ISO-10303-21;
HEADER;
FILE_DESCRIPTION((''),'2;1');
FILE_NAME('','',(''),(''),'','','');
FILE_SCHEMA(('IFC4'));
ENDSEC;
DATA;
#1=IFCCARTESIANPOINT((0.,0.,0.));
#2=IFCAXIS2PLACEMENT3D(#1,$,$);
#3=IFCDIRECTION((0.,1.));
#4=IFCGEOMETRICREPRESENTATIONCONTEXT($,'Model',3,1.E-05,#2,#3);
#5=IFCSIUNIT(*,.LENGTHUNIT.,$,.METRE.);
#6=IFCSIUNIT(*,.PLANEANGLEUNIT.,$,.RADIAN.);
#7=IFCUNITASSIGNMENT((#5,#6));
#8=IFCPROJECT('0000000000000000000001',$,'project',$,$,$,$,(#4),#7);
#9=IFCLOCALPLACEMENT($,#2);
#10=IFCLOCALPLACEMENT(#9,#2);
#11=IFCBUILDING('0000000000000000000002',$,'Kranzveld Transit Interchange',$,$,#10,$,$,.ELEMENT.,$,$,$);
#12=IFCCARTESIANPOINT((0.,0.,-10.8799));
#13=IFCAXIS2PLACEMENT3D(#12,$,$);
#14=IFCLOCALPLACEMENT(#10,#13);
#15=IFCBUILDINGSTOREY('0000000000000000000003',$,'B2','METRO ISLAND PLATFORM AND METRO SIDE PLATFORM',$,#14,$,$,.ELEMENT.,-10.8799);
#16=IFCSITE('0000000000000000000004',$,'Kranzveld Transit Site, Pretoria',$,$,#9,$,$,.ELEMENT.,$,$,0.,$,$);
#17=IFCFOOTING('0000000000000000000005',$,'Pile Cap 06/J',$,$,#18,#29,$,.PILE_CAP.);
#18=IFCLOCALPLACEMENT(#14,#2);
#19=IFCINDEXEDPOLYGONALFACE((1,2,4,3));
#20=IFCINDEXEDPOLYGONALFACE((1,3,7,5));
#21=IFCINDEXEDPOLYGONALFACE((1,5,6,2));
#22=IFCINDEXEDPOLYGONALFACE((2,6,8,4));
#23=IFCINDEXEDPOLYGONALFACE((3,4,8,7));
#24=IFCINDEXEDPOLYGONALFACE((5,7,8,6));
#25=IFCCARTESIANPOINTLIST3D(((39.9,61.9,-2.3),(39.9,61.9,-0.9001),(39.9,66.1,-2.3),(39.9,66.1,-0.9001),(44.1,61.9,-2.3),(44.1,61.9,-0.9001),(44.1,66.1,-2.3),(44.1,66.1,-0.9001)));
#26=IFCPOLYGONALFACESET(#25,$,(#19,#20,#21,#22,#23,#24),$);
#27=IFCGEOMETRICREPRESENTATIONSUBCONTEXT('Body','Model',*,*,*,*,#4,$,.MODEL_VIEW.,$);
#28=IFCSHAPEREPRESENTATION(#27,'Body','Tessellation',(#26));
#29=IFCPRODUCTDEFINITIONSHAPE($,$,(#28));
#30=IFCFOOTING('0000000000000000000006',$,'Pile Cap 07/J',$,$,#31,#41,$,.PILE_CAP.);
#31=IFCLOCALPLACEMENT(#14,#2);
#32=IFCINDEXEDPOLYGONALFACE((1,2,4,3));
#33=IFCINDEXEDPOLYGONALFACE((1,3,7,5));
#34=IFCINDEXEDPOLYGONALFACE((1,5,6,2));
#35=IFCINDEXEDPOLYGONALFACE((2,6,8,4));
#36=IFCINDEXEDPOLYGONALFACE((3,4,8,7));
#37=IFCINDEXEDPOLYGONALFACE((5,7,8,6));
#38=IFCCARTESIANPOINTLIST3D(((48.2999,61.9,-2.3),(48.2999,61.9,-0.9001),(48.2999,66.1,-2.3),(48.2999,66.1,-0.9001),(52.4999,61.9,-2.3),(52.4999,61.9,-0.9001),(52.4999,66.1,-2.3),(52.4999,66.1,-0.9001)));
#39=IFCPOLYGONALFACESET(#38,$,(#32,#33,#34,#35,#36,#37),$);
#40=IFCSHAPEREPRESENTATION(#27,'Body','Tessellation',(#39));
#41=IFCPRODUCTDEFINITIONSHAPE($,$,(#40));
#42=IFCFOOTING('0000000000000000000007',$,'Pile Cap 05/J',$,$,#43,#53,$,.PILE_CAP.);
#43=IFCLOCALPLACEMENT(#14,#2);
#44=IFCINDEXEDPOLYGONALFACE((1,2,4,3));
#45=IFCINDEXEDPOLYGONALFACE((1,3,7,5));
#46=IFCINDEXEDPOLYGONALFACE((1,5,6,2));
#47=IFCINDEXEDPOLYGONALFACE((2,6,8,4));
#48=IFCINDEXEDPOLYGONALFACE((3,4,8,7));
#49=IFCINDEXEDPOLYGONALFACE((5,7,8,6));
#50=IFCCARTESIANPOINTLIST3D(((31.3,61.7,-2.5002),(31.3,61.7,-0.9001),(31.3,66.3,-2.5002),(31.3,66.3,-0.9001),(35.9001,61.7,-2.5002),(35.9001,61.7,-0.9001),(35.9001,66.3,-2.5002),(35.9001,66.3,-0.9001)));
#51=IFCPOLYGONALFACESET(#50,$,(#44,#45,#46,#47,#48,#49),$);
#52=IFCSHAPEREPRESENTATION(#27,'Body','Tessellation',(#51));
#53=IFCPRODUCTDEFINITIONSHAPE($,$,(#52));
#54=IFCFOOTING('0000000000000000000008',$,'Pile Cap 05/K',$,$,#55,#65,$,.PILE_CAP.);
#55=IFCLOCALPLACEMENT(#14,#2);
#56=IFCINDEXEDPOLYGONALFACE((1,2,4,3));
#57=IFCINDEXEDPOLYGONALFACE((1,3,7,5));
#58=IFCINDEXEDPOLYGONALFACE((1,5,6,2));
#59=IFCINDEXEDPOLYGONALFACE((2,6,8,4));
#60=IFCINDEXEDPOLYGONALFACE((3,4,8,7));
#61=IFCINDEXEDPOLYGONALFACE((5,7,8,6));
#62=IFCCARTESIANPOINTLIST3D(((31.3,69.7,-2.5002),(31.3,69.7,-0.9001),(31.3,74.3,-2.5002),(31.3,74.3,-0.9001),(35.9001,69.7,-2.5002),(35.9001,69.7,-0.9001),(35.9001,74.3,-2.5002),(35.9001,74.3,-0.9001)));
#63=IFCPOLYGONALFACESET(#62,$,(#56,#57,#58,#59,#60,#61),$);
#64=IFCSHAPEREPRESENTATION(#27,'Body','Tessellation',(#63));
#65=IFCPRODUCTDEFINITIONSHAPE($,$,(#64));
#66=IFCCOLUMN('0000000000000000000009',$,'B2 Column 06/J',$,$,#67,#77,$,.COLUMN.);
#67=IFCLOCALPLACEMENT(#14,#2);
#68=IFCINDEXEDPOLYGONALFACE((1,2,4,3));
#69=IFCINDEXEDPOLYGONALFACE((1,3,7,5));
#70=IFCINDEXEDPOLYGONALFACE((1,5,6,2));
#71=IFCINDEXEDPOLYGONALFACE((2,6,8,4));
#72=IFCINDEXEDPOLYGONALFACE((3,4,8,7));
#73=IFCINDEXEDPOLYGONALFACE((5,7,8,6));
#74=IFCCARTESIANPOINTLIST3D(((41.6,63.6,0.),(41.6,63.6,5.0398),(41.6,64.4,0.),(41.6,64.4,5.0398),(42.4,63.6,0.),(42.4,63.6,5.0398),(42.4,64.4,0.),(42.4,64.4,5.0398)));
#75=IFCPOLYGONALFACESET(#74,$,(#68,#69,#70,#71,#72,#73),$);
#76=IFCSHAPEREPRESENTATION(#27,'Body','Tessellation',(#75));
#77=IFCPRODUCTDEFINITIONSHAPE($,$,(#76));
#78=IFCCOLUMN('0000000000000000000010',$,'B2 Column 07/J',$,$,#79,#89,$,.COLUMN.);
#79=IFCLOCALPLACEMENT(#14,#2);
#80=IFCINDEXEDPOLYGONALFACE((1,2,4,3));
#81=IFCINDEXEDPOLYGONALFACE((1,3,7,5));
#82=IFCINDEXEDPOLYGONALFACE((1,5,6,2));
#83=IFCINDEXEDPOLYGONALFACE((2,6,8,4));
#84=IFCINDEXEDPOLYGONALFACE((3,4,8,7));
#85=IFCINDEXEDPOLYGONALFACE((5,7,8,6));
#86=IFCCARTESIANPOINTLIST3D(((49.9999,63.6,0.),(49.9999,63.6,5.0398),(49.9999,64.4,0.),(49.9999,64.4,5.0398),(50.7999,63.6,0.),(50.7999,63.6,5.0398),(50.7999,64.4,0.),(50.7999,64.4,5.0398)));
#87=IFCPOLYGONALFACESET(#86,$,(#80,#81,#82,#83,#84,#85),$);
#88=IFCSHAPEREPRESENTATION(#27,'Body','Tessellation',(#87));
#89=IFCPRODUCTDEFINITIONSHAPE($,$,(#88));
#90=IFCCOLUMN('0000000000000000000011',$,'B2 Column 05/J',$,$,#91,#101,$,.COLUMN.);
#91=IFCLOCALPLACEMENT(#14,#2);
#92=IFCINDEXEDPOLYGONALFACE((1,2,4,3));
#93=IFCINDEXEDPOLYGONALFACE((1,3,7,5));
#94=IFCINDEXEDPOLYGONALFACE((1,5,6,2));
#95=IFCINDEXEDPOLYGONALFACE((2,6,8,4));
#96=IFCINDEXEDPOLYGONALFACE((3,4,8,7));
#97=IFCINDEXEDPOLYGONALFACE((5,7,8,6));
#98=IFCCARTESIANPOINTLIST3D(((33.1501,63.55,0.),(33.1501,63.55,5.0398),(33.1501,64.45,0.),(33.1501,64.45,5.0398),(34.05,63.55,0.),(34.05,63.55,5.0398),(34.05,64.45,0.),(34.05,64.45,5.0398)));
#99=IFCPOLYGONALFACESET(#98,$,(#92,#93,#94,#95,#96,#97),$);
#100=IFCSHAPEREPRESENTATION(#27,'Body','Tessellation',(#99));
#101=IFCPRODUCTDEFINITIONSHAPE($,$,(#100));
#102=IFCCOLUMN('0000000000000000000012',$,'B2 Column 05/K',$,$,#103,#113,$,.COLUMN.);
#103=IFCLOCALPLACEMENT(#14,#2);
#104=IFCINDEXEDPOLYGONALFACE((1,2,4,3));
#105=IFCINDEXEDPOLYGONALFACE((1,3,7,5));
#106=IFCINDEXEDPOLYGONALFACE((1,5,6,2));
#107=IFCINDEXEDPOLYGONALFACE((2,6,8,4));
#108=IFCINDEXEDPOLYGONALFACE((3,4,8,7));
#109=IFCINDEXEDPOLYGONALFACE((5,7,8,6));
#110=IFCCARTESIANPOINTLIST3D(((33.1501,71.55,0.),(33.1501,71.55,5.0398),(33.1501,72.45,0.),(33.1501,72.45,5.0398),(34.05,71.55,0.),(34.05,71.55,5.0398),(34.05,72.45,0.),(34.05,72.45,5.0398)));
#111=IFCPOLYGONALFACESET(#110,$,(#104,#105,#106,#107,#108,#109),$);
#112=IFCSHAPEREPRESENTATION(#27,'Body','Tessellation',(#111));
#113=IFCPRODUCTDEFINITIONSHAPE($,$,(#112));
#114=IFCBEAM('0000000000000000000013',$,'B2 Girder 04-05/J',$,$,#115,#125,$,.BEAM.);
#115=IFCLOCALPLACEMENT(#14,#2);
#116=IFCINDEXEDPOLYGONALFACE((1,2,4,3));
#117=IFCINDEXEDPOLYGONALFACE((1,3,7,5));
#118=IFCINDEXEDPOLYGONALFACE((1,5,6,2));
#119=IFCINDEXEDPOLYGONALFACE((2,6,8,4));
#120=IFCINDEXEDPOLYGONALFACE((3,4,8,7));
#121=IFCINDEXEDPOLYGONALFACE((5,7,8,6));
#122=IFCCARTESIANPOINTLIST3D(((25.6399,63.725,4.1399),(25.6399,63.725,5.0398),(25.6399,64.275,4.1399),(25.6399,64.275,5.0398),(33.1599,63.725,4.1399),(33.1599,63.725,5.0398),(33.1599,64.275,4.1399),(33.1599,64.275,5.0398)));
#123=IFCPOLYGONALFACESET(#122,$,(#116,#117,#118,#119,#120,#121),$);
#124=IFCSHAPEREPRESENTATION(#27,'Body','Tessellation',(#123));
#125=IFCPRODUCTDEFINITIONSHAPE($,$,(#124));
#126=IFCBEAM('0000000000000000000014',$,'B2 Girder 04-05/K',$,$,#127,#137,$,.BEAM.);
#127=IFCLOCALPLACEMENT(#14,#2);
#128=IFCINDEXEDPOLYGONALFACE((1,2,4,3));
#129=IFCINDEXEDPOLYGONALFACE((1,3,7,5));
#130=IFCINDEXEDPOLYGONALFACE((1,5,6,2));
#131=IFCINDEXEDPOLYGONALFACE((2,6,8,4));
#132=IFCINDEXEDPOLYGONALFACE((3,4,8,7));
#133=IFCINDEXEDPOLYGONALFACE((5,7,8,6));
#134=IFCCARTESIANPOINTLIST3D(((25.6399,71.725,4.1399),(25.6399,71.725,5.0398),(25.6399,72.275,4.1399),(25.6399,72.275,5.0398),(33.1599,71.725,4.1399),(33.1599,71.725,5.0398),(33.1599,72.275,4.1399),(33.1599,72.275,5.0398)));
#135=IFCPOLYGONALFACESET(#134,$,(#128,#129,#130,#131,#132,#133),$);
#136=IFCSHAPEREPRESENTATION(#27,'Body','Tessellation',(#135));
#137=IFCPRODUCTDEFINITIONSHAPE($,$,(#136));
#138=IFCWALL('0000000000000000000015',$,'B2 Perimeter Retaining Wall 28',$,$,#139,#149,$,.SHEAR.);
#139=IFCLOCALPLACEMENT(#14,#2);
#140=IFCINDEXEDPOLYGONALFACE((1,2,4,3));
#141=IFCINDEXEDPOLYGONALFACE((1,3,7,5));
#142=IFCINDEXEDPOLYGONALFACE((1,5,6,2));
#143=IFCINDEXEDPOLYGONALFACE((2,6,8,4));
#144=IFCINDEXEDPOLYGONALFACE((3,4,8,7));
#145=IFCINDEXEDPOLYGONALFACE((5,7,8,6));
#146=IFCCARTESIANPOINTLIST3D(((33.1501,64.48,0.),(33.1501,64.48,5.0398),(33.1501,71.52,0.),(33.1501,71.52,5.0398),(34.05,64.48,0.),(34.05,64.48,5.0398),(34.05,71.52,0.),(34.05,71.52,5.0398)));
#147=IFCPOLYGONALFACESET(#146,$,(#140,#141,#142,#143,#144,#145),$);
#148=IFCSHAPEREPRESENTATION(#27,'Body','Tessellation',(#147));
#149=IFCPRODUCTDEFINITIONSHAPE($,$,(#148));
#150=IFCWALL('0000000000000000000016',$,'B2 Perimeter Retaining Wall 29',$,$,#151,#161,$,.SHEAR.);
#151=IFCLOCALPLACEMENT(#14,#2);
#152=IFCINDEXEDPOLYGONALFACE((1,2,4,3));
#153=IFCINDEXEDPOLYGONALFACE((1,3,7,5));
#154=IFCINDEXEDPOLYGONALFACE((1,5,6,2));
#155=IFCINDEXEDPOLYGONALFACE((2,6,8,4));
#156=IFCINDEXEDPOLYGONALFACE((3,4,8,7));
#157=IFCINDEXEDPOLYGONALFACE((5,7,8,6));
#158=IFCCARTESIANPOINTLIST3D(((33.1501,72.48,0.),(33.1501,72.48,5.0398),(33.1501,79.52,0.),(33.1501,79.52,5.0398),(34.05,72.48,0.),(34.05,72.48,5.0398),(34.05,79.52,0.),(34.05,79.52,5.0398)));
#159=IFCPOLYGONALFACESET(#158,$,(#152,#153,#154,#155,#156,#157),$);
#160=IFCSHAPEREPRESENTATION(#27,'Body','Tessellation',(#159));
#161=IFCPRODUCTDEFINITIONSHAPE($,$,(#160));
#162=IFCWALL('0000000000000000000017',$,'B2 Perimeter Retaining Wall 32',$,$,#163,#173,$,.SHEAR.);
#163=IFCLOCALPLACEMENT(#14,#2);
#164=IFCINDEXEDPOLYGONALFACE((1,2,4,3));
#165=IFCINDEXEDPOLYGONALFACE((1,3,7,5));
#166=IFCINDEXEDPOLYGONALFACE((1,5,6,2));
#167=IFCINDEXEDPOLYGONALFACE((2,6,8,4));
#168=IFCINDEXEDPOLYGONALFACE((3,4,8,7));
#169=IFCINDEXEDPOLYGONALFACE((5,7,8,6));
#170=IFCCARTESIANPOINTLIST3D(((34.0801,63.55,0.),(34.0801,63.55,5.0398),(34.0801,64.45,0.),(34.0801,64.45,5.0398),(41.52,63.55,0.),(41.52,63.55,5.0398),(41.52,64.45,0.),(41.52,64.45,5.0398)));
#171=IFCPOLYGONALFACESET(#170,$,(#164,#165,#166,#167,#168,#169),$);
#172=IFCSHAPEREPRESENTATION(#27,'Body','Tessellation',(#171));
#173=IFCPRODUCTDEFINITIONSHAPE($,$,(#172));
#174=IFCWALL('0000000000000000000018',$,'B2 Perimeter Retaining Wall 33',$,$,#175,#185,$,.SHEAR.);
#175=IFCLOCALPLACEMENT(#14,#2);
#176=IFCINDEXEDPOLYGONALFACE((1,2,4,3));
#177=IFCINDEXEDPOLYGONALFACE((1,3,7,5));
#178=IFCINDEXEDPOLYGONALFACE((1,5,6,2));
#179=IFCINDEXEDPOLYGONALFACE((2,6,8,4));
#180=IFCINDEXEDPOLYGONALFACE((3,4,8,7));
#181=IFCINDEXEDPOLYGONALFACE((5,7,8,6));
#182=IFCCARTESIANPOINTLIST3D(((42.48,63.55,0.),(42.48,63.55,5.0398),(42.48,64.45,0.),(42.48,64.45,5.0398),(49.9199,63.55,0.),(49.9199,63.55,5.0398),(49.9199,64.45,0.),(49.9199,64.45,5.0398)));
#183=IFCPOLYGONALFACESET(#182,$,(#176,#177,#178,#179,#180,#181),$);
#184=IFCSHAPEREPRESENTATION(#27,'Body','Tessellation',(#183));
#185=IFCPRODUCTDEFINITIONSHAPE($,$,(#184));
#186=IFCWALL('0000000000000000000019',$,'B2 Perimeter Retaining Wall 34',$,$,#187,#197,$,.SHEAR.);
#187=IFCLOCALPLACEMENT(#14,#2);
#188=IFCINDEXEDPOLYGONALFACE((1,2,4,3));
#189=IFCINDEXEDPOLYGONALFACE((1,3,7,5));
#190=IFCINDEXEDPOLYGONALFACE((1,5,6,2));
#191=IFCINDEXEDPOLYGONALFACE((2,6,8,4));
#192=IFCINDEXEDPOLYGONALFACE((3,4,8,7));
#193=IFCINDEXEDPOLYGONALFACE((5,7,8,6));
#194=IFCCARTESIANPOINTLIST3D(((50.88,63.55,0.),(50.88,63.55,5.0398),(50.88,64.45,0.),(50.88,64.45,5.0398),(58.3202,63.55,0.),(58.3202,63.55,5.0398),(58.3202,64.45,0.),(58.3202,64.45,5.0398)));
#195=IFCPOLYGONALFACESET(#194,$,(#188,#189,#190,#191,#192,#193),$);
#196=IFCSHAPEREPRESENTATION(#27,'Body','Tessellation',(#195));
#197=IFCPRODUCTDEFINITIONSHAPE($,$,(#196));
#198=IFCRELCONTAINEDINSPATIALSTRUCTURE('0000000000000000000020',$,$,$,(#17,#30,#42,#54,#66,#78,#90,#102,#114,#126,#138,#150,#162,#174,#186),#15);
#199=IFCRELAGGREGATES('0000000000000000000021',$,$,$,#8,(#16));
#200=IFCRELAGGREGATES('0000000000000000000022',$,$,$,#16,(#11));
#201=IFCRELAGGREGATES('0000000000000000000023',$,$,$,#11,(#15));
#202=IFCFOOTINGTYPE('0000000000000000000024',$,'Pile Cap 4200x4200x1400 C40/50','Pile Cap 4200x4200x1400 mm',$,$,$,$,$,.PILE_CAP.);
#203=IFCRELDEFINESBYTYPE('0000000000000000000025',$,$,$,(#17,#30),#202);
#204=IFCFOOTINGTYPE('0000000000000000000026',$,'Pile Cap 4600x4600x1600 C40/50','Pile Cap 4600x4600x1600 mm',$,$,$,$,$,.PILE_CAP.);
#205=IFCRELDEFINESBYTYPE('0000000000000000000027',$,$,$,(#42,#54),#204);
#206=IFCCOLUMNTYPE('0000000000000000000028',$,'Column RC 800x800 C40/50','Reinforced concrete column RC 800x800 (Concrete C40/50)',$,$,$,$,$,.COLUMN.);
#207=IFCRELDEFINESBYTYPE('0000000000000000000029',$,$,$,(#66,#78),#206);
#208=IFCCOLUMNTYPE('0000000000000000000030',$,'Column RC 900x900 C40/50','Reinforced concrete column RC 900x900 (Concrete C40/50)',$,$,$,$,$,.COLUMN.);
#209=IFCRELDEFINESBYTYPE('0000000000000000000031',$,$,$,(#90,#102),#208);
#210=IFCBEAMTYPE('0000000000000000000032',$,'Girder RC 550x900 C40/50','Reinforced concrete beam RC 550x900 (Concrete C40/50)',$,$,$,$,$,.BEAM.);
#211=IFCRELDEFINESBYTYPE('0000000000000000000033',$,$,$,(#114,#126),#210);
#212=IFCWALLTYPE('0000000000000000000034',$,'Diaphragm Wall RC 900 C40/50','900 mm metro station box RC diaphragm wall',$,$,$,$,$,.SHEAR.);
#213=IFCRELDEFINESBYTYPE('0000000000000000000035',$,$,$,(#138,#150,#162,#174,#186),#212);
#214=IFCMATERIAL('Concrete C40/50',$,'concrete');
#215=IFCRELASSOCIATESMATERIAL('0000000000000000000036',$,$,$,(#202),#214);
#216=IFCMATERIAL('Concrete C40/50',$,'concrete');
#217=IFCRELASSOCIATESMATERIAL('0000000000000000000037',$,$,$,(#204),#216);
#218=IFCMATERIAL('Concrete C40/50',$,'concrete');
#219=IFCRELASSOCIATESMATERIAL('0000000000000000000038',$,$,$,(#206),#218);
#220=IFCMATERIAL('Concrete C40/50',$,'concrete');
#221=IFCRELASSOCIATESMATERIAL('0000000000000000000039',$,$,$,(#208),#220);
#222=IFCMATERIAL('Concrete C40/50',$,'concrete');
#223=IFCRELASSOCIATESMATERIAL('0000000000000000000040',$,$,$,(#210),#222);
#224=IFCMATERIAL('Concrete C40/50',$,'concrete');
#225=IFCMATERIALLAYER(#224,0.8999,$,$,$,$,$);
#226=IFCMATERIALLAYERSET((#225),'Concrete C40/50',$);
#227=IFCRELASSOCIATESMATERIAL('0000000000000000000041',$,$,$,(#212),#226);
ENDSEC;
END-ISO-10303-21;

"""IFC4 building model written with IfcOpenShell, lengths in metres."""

from ifc_helpers import new_model, si_unit, direction, frame, frame_2d, origin, origin_2d, place, context, subcontext, project, spatial, rectangle, extrude, material, layer, layer_set, material_profile, profile_set, type_object, element, save


model = new_model("IFC4")

# Units and contexts
model_context = context("Model", 3, precision=1e-05, world=origin(), true_north=direction((0.0, 1.0)))
body_context = subcontext(model_context, "Body", "Model", "MODEL_VIEW")
ifc_project = project(units=[si_unit("LENGTHUNIT", "METRE"), si_unit("PLANEANGLEUNIT", "RADIAN")], contexts=[model_context])

# Site, building, storey
site_placement = place(None, origin())
site = spatial("IfcSite", under=ifc_project, at=site_placement, Name="Kranzveld Transit Site, Pretoria", CompositionType="ELEMENT", RefElevation=0.0)
building_placement = place(site_placement, origin())
building = spatial("IfcBuilding", under=site, at=building_placement, Name="Kranzveld Transit Interchange", CompositionType="ELEMENT")
storey_placement = place(building_placement, frame((0.0, 0.0, -10.8799)))
storey = spatial("IfcBuildingStorey", under=building, at=storey_placement, Name="B2", Description="METRO ISLAND PLATFORM AND METRO SIDE PLATFORM", CompositionType="ELEMENT", Elevation=-10.8799)

# Footings
ifc_material_1 = material(Name="Concrete C40/50", Category="concrete")
footing_type_1 = type_object("IfcFootingType", Name="Pile Cap 4200x4200x1400 C40/50", Description="Pile Cap 4200x4200x1400 mm", PredefinedType="PILE_CAP", material=ifc_material_1)
for number, where, z_axis, x_axis, name in (
    (1, (42.0, 64.0, -2.3), (0.0, 0.0, 1.0), (1.0, 0.0, 0.0), "Pile Cap 06/J"),
    (2, (50.3999, 64.0, -2.3), (0.0, 0.0, 1.0), (1.0, 0.0, 0.0), "Pile Cap 07/J"),
):
    element("IfcFooting", number, at=place(storey_placement, frame(where, z_axis=z_axis, x_axis=x_axis)), inside=storey, type_object=footing_type_1, Name=name, PredefinedType="PILE_CAP", context=body_context, shape_type="SweptSolid", body=[
        extrude(rectangle(XDim=4.2, YDim=4.2, at=origin_2d()), origin(), (0.0, 0.0, 1.0), 1.3999),
    ])
ifc_material_2 = material(Name="Concrete C40/50", Category="concrete")
footing_type_2 = type_object("IfcFootingType", Name="Pile Cap 4600x4600x1600 C40/50", Description="Pile Cap 4600x4600x1600 mm", PredefinedType="PILE_CAP", material=ifc_material_2)
for number, where, z_axis, x_axis, name in (
    (3, (33.6001, 64.0, -2.5002), (0.0, 0.0, 1.0), (1.0, 0.0, 0.0), "Pile Cap 05/J"),
    (4, (33.6001, 72.0, -2.5002), (0.0, 0.0, 1.0), (1.0, 0.0, 0.0), "Pile Cap 05/K"),
):
    element("IfcFooting", number, at=place(storey_placement, frame(where, z_axis=z_axis, x_axis=x_axis)), inside=storey, type_object=footing_type_2, Name=name, PredefinedType="PILE_CAP", context=body_context, shape_type="SweptSolid", body=[
        extrude(rectangle(XDim=4.6001, YDim=4.6001, at=origin_2d()), origin(), (0.0, 0.0, 1.0), 1.6001),
    ])

# Columns
ifc_material_3 = material(Name="Concrete C40/50", Category="concrete")
ifc_material_profile_1 = material_profile(ifc_material_3, rectangle(XDim=0.8, YDim=0.8, at=origin_2d()), Name="RC 800x800")
ifc_profile_set_1 = profile_set([ifc_material_profile_1], Name="Concrete C40/50")
column_type_1 = type_object("IfcColumnType", Name="Column RC 800x800 C40/50", Description="Reinforced concrete column RC 800x800 (Concrete C40/50)", PredefinedType="COLUMN", material=ifc_profile_set_1)
for number, where, z_axis, x_axis, name in (
    (5, (42.0, 64.0, 0.0), (0.0, 0.0, 1.0), (1.0, 0.0, 0.0), "B2 Column 06/J"),
    (6, (50.3999, 64.0, 0.0), (0.0, 0.0, 1.0), (1.0, 0.0, 0.0), "B2 Column 07/J"),
):
    element("IfcColumn", number, at=place(storey_placement, frame(where, z_axis=z_axis, x_axis=x_axis)), inside=storey, type_object=column_type_1, Name=name, PredefinedType="COLUMN", context=body_context, shape_type="SweptSolid", body=[
        extrude(rectangle(XDim=0.8, YDim=0.8, at=origin_2d()), origin(), (0.0, 0.0, 1.0), 5.0398),
    ])
ifc_material_4 = material(Name="Concrete C40/50", Category="concrete")
ifc_material_profile_2 = material_profile(ifc_material_4, rectangle(XDim=0.8999, YDim=0.8999, at=origin_2d()), Name="RC 900x900")
ifc_profile_set_2 = profile_set([ifc_material_profile_2], Name="Concrete C40/50")
column_type_2 = type_object("IfcColumnType", Name="Column RC 900x900 C40/50", Description="Reinforced concrete column RC 900x900 (Concrete C40/50)", PredefinedType="COLUMN", material=ifc_profile_set_2)
for number, where, z_axis, x_axis, name in (
    (7, (33.6001, 64.0, 0.0), (0.0, 0.0, 1.0), (1.0, 0.0, 0.0), "B2 Column 05/J"),
    (8, (33.6001, 72.0, 0.0), (0.0, 0.0, 1.0), (1.0, 0.0, 0.0), "B2 Column 05/K"),
):
    element("IfcColumn", number, at=place(storey_placement, frame(where, z_axis=z_axis, x_axis=x_axis)), inside=storey, type_object=column_type_2, Name=name, PredefinedType="COLUMN", context=body_context, shape_type="SweptSolid", body=[
        extrude(rectangle(XDim=0.8999, YDim=0.8999, at=origin_2d()), origin(), (0.0, 0.0, 1.0), 5.0398),
    ])

# Beams
ifc_material_5 = material(Name="Concrete C40/50", Category="concrete")
ifc_material_profile_3 = material_profile(ifc_material_5, rectangle(XDim=0.55, YDim=0.8999, at=origin_2d()), Name="RC 550x900")
ifc_profile_set_3 = profile_set([ifc_material_profile_3], Name="Concrete C40/50")
beam_type = type_object("IfcBeamType", Name="Girder RC 550x900 C40/50", Description="Reinforced concrete beam RC 550x900 (Concrete C40/50)", PredefinedType="BEAM", material=ifc_profile_set_3)
for number, where, z_axis, x_axis, name in (
    (9, (25.6399, 64.0, 4.5898), (1.0, 0.0, 0.0), (0.0, 1.0, 0.0), "B2 Girder 04-05/J"),
    (10, (25.6399, 72.0, 4.5898), (1.0, 0.0, 0.0), (0.0, 1.0, 0.0), "B2 Girder 04-05/K"),
):
    element("IfcBeam", number, at=place(storey_placement, frame(where, z_axis=z_axis, x_axis=x_axis)), inside=storey, type_object=beam_type, Name=name, PredefinedType="BEAM", context=body_context, shape_type="SweptSolid", body=[
        extrude(rectangle(XDim=0.55, YDim=0.8999, at=origin_2d()), origin(), (0.0, 0.0, 1.0), 7.52),
    ])

# Walls
ifc_material_6 = material(Name="Concrete C40/50", Category="concrete")
ifc_layer = layer(ifc_material_6, 0.8999)
ifc_layer_set = layer_set([ifc_layer], Name="Concrete C40/50")
wall_type = type_object("IfcWallType", Name="Diaphragm Wall RC 900 C40/50", Description="900 mm metro station box RC diaphragm wall", PredefinedType="SHEAR", material=ifc_layer_set)
for number, where, z_axis, x_axis, name in (
    (11, (33.6001, 64.48, 0.0), (0.0, 0.0, 1.0), (0.0, 1.0, 0.0), "B2 Perimeter Retaining Wall 28"),
    (12, (33.6001, 72.48, 0.0), (0.0, 0.0, 1.0), (0.0, 1.0, 0.0), "B2 Perimeter Retaining Wall 29"),
):
    element("IfcWall", number, at=place(storey_placement, frame(where, z_axis=z_axis, x_axis=x_axis)), inside=storey, type_object=wall_type, Name=name, PredefinedType="SHEAR", context=body_context, shape_type="SweptSolid", body=[
        extrude(rectangle(XDim=7.04, YDim=0.8999, at=frame_2d((3.52, 0.0))), origin(), (0.0, 0.0, 1.0), 5.0398),
    ])
for number, where, z_axis, x_axis, name in (
    (13, (34.0801, 64.0, 0.0), (0.0, 0.0, 1.0), (1.0, 0.0, 0.0), "B2 Perimeter Retaining Wall 32"),
    (14, (42.48, 64.0, 0.0), (0.0, 0.0, 1.0), (1.0, 0.0, 0.0), "B2 Perimeter Retaining Wall 33"),
):
    element("IfcWall", number, at=place(storey_placement, frame(where, z_axis=z_axis, x_axis=x_axis)), inside=storey, type_object=wall_type, Name=name, PredefinedType="SHEAR", context=body_context, shape_type="SweptSolid", body=[
        extrude(rectangle(XDim=7.4399, YDim=0.8999, at=frame_2d((3.72, 0.0))), origin(), (0.0, 0.0, 1.0), 5.0398),
    ])
wall_placement = place(storey_placement, frame((50.8799, 64.0, 0.0), z_axis=(0.0, 0.0, 1.0), x_axis=(1.0, 0.0, 0.0)))
element("IfcWall", 15, at=wall_placement, inside=storey, type_object=wall_type, Name="B2 Perimeter Retaining Wall 34", PredefinedType="SHEAR", context=body_context, shape_type="SweptSolid", body=[
    extrude(rectangle(XDim=7.4402, YDim=0.8999, at=frame_2d((3.7202, 0.0))), origin(), (0.0, 0.0, 1.0), 5.0398),
])

save(model, "model.ifc")
